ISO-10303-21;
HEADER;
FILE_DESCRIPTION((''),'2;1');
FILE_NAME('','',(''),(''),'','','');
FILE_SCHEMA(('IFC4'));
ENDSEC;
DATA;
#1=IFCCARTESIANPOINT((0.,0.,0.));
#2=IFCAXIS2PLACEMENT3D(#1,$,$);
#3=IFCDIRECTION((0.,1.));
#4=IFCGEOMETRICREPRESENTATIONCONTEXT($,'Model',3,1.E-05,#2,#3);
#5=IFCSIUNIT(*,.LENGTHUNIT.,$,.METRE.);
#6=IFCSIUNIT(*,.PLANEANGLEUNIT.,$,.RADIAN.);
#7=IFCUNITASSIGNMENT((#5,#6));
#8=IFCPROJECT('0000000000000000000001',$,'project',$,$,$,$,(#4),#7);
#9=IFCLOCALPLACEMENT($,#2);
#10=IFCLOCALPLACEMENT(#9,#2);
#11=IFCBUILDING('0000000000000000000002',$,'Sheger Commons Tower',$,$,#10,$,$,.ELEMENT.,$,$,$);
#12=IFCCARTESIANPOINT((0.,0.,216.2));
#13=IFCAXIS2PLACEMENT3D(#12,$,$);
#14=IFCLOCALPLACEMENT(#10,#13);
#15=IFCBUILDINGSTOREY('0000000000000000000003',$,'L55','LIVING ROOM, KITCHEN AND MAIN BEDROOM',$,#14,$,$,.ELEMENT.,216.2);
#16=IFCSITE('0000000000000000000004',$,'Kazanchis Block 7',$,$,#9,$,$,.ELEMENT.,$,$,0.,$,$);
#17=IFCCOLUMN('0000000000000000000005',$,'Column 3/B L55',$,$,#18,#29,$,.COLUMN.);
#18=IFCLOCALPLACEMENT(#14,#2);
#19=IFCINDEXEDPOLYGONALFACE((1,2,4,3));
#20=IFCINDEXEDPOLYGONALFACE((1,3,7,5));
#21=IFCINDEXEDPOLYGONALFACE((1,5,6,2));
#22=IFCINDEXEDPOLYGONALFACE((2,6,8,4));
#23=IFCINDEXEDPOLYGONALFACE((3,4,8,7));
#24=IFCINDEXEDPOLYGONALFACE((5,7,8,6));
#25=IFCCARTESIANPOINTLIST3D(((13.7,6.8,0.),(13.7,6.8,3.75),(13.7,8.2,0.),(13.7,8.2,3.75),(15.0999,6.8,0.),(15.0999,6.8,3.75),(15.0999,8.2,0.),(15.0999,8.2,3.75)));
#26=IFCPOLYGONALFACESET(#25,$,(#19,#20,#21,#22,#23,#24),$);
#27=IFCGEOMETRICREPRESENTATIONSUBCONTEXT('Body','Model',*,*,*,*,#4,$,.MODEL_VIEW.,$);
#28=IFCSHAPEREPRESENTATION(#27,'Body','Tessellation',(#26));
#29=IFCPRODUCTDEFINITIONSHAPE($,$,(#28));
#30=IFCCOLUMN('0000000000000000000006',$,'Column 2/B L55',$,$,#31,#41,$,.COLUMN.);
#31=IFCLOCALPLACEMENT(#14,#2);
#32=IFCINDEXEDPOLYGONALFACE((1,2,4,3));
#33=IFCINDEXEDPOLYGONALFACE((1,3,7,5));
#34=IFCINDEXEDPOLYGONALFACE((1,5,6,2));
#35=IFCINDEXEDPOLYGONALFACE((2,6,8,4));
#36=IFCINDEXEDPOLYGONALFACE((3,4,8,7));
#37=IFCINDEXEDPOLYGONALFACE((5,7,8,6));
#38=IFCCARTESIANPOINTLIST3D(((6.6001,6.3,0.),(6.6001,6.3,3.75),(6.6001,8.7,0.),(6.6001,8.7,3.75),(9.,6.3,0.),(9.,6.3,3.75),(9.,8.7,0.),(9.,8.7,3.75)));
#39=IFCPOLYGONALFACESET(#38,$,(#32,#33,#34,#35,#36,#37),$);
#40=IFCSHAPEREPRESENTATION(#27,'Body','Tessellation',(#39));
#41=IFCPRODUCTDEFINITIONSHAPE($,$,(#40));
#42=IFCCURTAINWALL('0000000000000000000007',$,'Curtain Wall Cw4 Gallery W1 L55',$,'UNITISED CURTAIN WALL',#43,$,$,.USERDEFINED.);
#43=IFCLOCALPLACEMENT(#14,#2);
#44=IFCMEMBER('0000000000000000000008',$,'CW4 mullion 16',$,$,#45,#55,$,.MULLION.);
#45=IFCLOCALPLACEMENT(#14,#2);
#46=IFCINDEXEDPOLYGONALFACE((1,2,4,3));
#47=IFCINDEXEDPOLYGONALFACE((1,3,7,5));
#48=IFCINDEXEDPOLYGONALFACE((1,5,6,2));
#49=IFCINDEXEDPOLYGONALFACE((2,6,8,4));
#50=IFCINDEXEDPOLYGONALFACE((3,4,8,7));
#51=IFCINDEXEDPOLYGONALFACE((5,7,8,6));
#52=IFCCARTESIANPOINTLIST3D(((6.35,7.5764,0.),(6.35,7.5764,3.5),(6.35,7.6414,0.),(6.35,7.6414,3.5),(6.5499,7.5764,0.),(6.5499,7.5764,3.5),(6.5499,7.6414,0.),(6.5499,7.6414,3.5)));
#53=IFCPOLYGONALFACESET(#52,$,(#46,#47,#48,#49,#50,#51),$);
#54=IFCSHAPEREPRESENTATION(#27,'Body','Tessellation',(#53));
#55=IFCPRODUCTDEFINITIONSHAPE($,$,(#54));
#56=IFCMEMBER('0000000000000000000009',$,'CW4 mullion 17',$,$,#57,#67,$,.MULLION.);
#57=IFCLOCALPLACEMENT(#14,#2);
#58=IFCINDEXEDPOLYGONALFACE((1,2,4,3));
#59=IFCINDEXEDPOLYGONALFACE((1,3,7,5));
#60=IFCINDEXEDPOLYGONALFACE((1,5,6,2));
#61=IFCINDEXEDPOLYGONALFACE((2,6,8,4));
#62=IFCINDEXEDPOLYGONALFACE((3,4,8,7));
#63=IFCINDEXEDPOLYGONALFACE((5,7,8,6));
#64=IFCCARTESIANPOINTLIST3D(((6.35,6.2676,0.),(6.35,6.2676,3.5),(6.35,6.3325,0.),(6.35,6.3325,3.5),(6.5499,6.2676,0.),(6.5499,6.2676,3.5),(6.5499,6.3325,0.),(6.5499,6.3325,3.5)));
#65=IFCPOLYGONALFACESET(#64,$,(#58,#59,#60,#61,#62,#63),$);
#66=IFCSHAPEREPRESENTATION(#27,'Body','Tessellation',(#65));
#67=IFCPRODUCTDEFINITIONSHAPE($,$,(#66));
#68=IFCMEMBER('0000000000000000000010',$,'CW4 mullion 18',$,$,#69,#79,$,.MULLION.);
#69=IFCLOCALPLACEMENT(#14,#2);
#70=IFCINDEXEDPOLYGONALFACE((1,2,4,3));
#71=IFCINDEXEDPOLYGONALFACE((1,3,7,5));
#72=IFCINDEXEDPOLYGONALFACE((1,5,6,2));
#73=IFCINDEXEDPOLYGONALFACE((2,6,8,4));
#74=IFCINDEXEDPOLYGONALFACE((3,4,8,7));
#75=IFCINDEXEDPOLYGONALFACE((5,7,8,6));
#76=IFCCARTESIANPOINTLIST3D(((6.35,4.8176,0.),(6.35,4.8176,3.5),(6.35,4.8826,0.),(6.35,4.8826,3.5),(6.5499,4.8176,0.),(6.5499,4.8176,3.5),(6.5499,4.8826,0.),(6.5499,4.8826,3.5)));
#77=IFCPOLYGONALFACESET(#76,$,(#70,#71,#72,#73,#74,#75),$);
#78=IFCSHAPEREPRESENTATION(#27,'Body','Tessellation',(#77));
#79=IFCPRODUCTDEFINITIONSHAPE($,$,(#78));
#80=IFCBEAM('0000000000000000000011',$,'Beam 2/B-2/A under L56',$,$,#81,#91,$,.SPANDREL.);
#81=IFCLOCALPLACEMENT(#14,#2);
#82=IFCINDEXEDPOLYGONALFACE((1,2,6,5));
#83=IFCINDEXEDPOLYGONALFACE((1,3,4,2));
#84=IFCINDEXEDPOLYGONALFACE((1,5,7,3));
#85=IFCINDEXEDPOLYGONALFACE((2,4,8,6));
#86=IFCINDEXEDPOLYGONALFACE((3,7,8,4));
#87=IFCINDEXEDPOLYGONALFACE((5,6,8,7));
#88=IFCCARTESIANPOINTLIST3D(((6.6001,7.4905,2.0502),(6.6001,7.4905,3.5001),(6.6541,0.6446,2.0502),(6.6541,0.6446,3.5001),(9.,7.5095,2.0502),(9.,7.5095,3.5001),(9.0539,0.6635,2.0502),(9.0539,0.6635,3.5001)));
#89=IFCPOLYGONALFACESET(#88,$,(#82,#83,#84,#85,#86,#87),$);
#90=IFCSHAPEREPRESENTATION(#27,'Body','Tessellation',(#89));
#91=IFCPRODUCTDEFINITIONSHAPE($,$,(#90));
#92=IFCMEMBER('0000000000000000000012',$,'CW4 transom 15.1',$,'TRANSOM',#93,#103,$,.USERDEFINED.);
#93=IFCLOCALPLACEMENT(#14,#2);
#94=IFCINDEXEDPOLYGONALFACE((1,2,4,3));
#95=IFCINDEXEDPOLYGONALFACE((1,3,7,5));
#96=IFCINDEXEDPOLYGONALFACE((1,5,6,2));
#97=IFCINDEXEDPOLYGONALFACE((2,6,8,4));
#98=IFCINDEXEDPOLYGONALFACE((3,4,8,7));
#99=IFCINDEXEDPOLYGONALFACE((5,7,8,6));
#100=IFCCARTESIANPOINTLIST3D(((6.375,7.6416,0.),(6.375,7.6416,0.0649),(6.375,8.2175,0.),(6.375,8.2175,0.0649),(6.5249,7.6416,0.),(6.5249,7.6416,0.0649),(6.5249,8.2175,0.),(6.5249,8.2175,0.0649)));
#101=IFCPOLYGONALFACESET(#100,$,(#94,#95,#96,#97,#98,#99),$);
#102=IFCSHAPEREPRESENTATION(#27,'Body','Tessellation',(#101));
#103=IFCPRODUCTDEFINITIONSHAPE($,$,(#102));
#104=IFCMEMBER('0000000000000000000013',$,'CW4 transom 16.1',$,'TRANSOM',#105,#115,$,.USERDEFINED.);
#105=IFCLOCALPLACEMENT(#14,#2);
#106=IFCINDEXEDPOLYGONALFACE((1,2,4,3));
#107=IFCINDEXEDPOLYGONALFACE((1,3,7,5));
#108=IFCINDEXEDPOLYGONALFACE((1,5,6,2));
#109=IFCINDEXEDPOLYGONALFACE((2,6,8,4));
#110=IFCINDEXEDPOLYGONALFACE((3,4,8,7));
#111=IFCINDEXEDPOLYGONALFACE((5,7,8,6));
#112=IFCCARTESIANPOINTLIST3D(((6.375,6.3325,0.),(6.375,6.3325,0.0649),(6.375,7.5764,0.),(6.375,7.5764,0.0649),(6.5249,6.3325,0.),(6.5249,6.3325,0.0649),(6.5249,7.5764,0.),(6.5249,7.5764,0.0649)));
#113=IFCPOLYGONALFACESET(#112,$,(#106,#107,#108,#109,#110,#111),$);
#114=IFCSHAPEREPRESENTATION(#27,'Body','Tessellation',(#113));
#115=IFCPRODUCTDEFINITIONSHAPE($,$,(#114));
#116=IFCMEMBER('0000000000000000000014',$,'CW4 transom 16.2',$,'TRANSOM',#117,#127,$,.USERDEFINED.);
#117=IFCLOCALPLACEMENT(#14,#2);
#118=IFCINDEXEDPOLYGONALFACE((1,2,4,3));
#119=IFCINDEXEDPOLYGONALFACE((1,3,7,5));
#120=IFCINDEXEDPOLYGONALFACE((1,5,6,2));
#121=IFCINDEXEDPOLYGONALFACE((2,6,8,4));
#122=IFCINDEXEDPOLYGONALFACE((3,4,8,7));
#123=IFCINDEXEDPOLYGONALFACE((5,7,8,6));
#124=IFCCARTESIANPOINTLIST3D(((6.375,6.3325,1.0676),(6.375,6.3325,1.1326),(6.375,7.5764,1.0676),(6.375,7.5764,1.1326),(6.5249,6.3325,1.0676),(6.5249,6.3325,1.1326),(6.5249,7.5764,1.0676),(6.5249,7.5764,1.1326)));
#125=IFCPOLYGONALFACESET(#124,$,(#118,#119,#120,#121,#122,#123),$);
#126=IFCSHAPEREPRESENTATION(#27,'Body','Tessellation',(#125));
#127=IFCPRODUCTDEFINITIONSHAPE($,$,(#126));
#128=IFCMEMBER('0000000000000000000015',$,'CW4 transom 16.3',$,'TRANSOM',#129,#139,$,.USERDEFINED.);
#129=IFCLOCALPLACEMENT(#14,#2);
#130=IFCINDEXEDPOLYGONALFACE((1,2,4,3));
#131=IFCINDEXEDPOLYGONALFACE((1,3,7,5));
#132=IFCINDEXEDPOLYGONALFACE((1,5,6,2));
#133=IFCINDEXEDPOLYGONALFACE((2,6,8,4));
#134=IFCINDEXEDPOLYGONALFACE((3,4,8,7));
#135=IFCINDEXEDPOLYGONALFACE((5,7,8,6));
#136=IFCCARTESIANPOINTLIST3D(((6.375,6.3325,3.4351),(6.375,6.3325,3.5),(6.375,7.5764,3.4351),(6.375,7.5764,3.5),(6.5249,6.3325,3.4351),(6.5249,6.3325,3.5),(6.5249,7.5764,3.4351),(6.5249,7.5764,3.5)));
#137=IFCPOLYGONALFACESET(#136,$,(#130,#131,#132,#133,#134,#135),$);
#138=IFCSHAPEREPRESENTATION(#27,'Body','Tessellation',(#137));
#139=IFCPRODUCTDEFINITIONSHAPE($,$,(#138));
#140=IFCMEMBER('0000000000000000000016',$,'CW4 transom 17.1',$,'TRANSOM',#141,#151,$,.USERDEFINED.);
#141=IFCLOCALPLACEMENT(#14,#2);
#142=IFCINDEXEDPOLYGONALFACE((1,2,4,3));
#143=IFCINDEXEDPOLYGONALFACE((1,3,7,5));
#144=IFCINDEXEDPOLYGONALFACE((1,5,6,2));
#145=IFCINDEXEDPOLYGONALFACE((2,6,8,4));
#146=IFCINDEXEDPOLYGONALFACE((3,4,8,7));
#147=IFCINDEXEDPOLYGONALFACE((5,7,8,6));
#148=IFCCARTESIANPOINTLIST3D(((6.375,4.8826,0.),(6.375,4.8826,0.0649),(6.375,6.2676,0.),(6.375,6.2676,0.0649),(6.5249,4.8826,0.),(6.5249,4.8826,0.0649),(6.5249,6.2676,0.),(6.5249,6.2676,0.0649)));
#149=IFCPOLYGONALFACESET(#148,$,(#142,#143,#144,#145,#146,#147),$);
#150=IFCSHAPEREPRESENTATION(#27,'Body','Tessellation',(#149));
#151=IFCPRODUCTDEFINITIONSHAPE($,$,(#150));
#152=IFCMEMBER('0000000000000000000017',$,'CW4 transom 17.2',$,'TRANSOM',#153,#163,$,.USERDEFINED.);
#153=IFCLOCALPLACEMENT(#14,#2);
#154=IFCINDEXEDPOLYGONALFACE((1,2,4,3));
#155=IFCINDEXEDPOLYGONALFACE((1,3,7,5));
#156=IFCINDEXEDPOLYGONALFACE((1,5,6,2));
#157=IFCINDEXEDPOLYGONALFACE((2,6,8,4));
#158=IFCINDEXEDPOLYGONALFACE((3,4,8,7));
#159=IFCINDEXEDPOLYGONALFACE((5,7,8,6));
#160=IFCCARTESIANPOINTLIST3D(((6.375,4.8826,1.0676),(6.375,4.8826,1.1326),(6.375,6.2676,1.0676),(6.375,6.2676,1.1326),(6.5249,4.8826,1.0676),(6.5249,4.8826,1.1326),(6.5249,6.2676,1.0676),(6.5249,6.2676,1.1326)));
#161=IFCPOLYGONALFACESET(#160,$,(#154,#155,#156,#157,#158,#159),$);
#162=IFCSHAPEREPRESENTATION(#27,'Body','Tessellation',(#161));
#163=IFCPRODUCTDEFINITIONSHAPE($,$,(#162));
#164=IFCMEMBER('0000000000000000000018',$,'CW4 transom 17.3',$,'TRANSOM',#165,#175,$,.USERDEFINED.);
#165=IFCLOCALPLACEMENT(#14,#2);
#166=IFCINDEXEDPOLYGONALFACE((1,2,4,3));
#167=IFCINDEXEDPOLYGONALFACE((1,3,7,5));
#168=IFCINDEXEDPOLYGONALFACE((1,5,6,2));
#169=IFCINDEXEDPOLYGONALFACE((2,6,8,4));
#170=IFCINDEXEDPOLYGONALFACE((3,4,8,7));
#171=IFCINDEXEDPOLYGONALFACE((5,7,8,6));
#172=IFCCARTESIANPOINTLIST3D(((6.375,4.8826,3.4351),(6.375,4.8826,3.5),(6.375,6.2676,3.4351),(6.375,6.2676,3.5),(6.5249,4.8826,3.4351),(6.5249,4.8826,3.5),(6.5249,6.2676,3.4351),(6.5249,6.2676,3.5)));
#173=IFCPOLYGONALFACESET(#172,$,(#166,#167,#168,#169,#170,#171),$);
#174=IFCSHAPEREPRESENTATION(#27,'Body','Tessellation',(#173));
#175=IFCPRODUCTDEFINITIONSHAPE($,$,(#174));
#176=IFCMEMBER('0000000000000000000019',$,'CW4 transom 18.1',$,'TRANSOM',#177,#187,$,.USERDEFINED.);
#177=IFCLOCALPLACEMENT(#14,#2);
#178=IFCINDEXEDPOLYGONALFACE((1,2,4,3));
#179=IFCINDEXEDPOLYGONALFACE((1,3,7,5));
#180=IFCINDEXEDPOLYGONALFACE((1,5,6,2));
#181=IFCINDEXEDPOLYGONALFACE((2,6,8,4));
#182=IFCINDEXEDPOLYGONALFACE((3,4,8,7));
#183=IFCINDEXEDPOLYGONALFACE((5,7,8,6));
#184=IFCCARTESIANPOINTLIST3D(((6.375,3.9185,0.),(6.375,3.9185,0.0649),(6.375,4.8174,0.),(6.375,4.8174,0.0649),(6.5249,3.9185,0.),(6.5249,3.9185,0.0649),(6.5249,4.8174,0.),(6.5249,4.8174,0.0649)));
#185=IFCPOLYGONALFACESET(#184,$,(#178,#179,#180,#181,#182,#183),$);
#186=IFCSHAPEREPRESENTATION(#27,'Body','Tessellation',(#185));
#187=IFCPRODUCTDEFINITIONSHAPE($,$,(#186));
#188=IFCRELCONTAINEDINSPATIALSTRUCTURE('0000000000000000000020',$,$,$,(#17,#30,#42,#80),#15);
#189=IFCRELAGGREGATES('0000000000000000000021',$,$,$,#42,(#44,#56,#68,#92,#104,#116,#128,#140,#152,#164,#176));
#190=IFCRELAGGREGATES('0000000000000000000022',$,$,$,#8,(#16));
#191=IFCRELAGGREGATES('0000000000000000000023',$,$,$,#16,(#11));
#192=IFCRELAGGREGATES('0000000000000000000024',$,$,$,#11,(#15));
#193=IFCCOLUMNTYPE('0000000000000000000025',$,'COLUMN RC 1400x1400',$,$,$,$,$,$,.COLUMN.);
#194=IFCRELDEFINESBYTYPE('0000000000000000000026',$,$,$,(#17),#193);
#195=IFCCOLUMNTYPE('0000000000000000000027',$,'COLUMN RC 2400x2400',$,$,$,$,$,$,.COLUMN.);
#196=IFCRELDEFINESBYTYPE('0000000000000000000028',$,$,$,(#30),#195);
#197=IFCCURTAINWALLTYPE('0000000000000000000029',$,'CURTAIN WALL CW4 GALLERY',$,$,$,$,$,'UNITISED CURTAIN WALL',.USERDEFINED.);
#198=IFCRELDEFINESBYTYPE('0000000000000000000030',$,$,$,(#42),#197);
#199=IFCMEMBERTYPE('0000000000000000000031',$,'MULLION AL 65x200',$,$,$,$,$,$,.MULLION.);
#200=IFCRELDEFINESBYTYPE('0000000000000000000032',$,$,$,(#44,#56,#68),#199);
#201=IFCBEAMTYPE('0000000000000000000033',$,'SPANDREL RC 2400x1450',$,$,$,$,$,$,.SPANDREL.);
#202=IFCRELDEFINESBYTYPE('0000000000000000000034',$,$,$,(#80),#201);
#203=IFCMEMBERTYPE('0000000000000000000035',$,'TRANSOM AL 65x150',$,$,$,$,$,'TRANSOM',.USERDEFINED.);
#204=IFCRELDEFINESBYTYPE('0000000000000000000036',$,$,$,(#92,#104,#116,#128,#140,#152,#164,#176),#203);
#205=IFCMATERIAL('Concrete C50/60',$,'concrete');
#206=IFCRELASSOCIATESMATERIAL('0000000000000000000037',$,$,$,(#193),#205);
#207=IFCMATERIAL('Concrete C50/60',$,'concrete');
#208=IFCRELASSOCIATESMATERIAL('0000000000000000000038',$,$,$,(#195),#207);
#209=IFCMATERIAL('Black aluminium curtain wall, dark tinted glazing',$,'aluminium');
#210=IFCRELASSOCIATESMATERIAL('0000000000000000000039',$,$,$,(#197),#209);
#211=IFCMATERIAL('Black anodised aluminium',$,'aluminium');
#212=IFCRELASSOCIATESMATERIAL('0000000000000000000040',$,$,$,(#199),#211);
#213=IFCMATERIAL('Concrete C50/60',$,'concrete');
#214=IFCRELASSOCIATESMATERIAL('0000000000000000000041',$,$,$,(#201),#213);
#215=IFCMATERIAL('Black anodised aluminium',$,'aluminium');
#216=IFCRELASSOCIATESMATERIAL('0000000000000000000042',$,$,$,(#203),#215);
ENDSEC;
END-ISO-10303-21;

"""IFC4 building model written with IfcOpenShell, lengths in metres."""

from ifc_helpers import new_model, si_unit, direction, frame, origin, origin_2d, place, context, subcontext, project, spatial, rectangle, extrude, material, material_profile, profile_set, type_object, element, aggregate, save


model = new_model("IFC4")

# Units and contexts
model_context = context("Model", 3, precision=1e-05, world=origin(), true_north=direction((0.0, 1.0)))
body_context = subcontext(model_context, "Body", "Model", "MODEL_VIEW")
ifc_project = project(units=[si_unit("LENGTHUNIT", "METRE"), si_unit("PLANEANGLEUNIT", "RADIAN")], contexts=[model_context])

# Site, building, storey
site_placement = place(None, origin())
site = spatial("IfcSite", under=ifc_project, at=site_placement, Name="Kazanchis Block 7", CompositionType="ELEMENT", RefElevation=0.0)
building_placement = place(site_placement, origin())
building = spatial("IfcBuilding", under=site, at=building_placement, Name="Sheger Commons Tower", CompositionType="ELEMENT")
storey_placement = place(building_placement, frame((0.0, 0.0, 216.2)))
storey = spatial("IfcBuildingStorey", under=building, at=storey_placement, Name="L55", Description="LIVING ROOM, KITCHEN AND MAIN BEDROOM", CompositionType="ELEMENT", Elevation=216.2)

# Columns
ifc_material_1 = material(Name="Concrete C50/60", Category="concrete")
ifc_material_profile_1 = material_profile(ifc_material_1, rectangle(XDim=1.3999, YDim=1.3999, at=origin_2d()), Name="RC 1400x1400")
ifc_profile_set_1 = profile_set([ifc_material_profile_1], Name="Concrete C50/60")
column_type_1 = type_object("IfcColumnType", Name="COLUMN RC 1400x1400", PredefinedType="COLUMN", material=ifc_profile_set_1)
column_1_placement = place(storey_placement, frame((14.3999, 7.5, 0.0), z_axis=(0.0, 0.0, 1.0), x_axis=(1.0, 0.0, 0.0)))
element("IfcColumn", 1, at=column_1_placement, inside=storey, type_object=column_type_1, Name="Column 3/B L55", PredefinedType="COLUMN", context=body_context, shape_type="SweptSolid", body=[
    extrude(rectangle(XDim=1.3999, YDim=1.3999, at=origin_2d()), origin(), (0.0, 0.0, 1.0), 3.75),
])
ifc_material_2 = material(Name="Concrete C50/60", Category="concrete")
ifc_material_profile_2 = material_profile(ifc_material_2, rectangle(XDim=2.3999, YDim=2.3999, at=origin_2d()), Name="RC 2400x2400")
ifc_profile_set_2 = profile_set([ifc_material_profile_2], Name="Concrete C50/60")
column_type_2 = type_object("IfcColumnType", Name="COLUMN RC 2400x2400", PredefinedType="COLUMN", material=ifc_profile_set_2)
column_2_placement = place(storey_placement, frame((7.8, 7.5, 0.0), z_axis=(0.0, 0.0, 1.0), x_axis=(1.0, 0.0, 0.0)))
element("IfcColumn", 2, at=column_2_placement, inside=storey, type_object=column_type_2, Name="Column 2/B L55", PredefinedType="COLUMN", context=body_context, shape_type="SweptSolid", body=[
    extrude(rectangle(XDim=2.3999, YDim=2.3999, at=origin_2d()), origin(), (0.0, 0.0, 1.0), 3.75),
])

# Curtain wall, members
ifc_material_3 = material(Name="Black aluminium curtain wall, dark tinted glazing", Category="aluminium")
curtain_wall_type = type_object("IfcCurtainWallType", Name="CURTAIN WALL CW4 GALLERY", ElementType="UNITISED CURTAIN WALL", PredefinedType="USERDEFINED", material=ifc_material_3)
curtain_wall_placement = place(storey_placement, origin())
curtain_wall = element("IfcCurtainWall", 3, at=curtain_wall_placement, inside=storey, type_object=curtain_wall_type, Name="Curtain Wall Cw4 Gallery W1 L55", ObjectType="UNITISED CURTAIN WALL", PredefinedType="USERDEFINED")
ifc_material_4 = material(Name="Black anodised aluminium", Category="aluminium")
ifc_material_profile_3 = material_profile(ifc_material_4, rectangle(XDim=0.2, YDim=0.0649, at=origin_2d()), Name="AL 65x200")
ifc_profile_set_3 = profile_set([ifc_material_profile_3], Name="Black anodised aluminium")
member_type_1 = type_object("IfcMemberType", Name="MULLION AL 65x200", PredefinedType="MULLION", material=ifc_profile_set_3)
member_1_placement = place(storey_placement, frame((6.45, 7.6089, 0.0), z_axis=(0.0, 0.0, 1.0), x_axis=(1.0, 0.0, 0.0)))
member_1 = element("IfcMember", 4, at=member_1_placement, type_object=member_type_1, Name="CW4 mullion 16", PredefinedType="MULLION", context=body_context, shape_type="SweptSolid", body=[
    extrude(rectangle(XDim=0.2, YDim=0.0649, at=origin_2d()), origin(), (0.0, 0.0, 1.0), 3.5),
])
member_2_placement = place(storey_placement, frame((6.45, 6.3, 0.0), z_axis=(0.0, 0.0, 1.0), x_axis=(1.0, 0.0, 0.0)))
member_2 = element("IfcMember", 5, at=member_2_placement, type_object=member_type_1, Name="CW4 mullion 17", PredefinedType="MULLION", context=body_context, shape_type="SweptSolid", body=[
    extrude(rectangle(XDim=0.2, YDim=0.0649, at=origin_2d()), origin(), (0.0, 0.0, 1.0), 3.5),
])
member_3_placement = place(storey_placement, frame((6.45, 4.8501, 0.0), z_axis=(0.0, 0.0, 1.0), x_axis=(1.0, 0.0, 0.0)))
member_3 = element("IfcMember", 6, at=member_3_placement, type_object=member_type_1, Name="CW4 mullion 18", PredefinedType="MULLION", context=body_context, shape_type="SweptSolid", body=[
    extrude(rectangle(XDim=0.2, YDim=0.0649, at=origin_2d()), origin(), (0.0, 0.0, 1.0), 3.5),
])

# Beam
ifc_material_5 = material(Name="Concrete C50/60", Category="concrete")
ifc_material_profile_4 = material_profile(ifc_material_5, rectangle(XDim=2.3999, YDim=1.45, at=origin_2d()), Name="RC 2400x1450")
ifc_profile_set_4 = profile_set([ifc_material_profile_4], Name="Concrete C50/60")
beam_type = type_object("IfcBeamType", Name="SPANDREL RC 2400x1450", PredefinedType="SPANDREL", material=ifc_profile_set_4)
beam_placement = place(storey_placement, frame((7.8, 7.5, 2.7751), z_axis=(0.007881, -0.999969, 0.0), x_axis=(0.999969, 0.007881, 0.0)))
element("IfcBeam", 7, at=beam_placement, inside=storey, type_object=beam_type, Name="Beam 2/B-2/A under L56", PredefinedType="SPANDREL", context=body_context, shape_type="SweptSolid", body=[
    extrude(rectangle(XDim=2.3999, YDim=1.45, at=origin_2d()), origin(), (0.0, 0.0, 1.0), 6.8462),
])

# Members
ifc_material_6 = material(Name="Black anodised aluminium", Category="aluminium")
ifc_material_profile_5 = material_profile(ifc_material_6, rectangle(XDim=0.1499, YDim=0.0649, at=origin_2d()), Name="AL 65x150")
ifc_profile_set_5 = profile_set([ifc_material_profile_5], Name="Black anodised aluminium")
member_type_2 = type_object("IfcMemberType", Name="TRANSOM AL 65x150", ElementType="TRANSOM", PredefinedType="USERDEFINED", material=ifc_profile_set_5)
member_4_placement = place(storey_placement, frame((6.45, 8.2175, 0.0325), z_axis=(0.0, -1.0, 0.0), x_axis=(1.0, 0.0, 0.0)))
member_4 = element("IfcMember", 8, at=member_4_placement, type_object=member_type_2, Name="CW4 transom 15.1", ObjectType="TRANSOM", PredefinedType="USERDEFINED", context=body_context, shape_type="SweptSolid", body=[
    extrude(rectangle(XDim=0.1499, YDim=0.0649, at=origin_2d()), origin(), (0.0, 0.0, 1.0), 0.5759),
])
member_5_placement = place(storey_placement, frame((6.45, 7.5764, 0.0325), z_axis=(0.0, -1.0, 0.0), x_axis=(1.0, 0.0, 0.0)))
member_5 = element("IfcMember", 9, at=member_5_placement, type_object=member_type_2, Name="CW4 transom 16.1", ObjectType="TRANSOM", PredefinedType="USERDEFINED", context=body_context, shape_type="SweptSolid", body=[
    extrude(rectangle(XDim=0.1499, YDim=0.0649, at=origin_2d()), origin(), (0.0, 0.0, 1.0), 1.2439),
])
member_6_placement = place(storey_placement, frame((6.45, 7.5764, 1.1001), z_axis=(0.0, -1.0, 0.0), x_axis=(1.0, 0.0, 0.0)))
member_6 = element("IfcMember", 10, at=member_6_placement, type_object=member_type_2, Name="CW4 transom 16.2", ObjectType="TRANSOM", PredefinedType="USERDEFINED", context=body_context, shape_type="SweptSolid", body=[
    extrude(rectangle(XDim=0.1499, YDim=0.0649, at=origin_2d()), origin(), (0.0, 0.0, 1.0), 1.2439),
])
member_7_placement = place(storey_placement, frame((6.45, 7.5764, 3.4675), z_axis=(0.0, -1.0, 0.0), x_axis=(1.0, 0.0, 0.0)))
member_7 = element("IfcMember", 11, at=member_7_placement, type_object=member_type_2, Name="CW4 transom 16.3", ObjectType="TRANSOM", PredefinedType="USERDEFINED", context=body_context, shape_type="SweptSolid", body=[
    extrude(rectangle(XDim=0.1499, YDim=0.0649, at=origin_2d()), origin(), (0.0, 0.0, 1.0), 1.2439),
])
member_8_placement = place(storey_placement, frame((6.45, 6.2676, 0.0325), z_axis=(0.0, -1.0, 0.0), x_axis=(1.0, 0.0, 0.0)))
member_8 = element("IfcMember", 12, at=member_8_placement, type_object=member_type_2, Name="CW4 transom 17.1", ObjectType="TRANSOM", PredefinedType="USERDEFINED", context=body_context, shape_type="SweptSolid", body=[
    extrude(rectangle(XDim=0.1499, YDim=0.0649, at=origin_2d()), origin(), (0.0, 0.0, 1.0), 1.385),
])
member_9_placement = place(storey_placement, frame((6.45, 6.2676, 1.1001), z_axis=(0.0, -1.0, 0.0), x_axis=(1.0, 0.0, 0.0)))
member_9 = element("IfcMember", 13, at=member_9_placement, type_object=member_type_2, Name="CW4 transom 17.2", ObjectType="TRANSOM", PredefinedType="USERDEFINED", context=body_context, shape_type="SweptSolid", body=[
    extrude(rectangle(XDim=0.1499, YDim=0.0649, at=origin_2d()), origin(), (0.0, 0.0, 1.0), 1.385),
])
member_10_placement = place(storey_placement, frame((6.45, 6.2676, 3.4675), z_axis=(0.0, -1.0, 0.0), x_axis=(1.0, 0.0, 0.0)))
member_10 = element("IfcMember", 14, at=member_10_placement, type_object=member_type_2, Name="CW4 transom 17.3", ObjectType="TRANSOM", PredefinedType="USERDEFINED", context=body_context, shape_type="SweptSolid", body=[
    extrude(rectangle(XDim=0.1499, YDim=0.0649, at=origin_2d()), origin(), (0.0, 0.0, 1.0), 1.385),
])
member_11_placement = place(storey_placement, frame((6.45, 4.8174, 0.0325), z_axis=(0.0, -1.0, 0.0), x_axis=(1.0, 0.0, 0.0)))
member_11 = element("IfcMember", 15, at=member_11_placement, type_object=member_type_2, Name="CW4 transom 18.1", ObjectType="TRANSOM", PredefinedType="USERDEFINED", context=body_context, shape_type="SweptSolid", body=[
    extrude(rectangle(XDim=0.1499, YDim=0.0649, at=origin_2d()), origin(), (0.0, 0.0, 1.0), 0.8989),
])

aggregate(curtain_wall, [member_1, member_2, member_3, member_4, member_5, member_6, member_7, member_8, member_9, member_10, member_11])

save(model, "model.ifc")
